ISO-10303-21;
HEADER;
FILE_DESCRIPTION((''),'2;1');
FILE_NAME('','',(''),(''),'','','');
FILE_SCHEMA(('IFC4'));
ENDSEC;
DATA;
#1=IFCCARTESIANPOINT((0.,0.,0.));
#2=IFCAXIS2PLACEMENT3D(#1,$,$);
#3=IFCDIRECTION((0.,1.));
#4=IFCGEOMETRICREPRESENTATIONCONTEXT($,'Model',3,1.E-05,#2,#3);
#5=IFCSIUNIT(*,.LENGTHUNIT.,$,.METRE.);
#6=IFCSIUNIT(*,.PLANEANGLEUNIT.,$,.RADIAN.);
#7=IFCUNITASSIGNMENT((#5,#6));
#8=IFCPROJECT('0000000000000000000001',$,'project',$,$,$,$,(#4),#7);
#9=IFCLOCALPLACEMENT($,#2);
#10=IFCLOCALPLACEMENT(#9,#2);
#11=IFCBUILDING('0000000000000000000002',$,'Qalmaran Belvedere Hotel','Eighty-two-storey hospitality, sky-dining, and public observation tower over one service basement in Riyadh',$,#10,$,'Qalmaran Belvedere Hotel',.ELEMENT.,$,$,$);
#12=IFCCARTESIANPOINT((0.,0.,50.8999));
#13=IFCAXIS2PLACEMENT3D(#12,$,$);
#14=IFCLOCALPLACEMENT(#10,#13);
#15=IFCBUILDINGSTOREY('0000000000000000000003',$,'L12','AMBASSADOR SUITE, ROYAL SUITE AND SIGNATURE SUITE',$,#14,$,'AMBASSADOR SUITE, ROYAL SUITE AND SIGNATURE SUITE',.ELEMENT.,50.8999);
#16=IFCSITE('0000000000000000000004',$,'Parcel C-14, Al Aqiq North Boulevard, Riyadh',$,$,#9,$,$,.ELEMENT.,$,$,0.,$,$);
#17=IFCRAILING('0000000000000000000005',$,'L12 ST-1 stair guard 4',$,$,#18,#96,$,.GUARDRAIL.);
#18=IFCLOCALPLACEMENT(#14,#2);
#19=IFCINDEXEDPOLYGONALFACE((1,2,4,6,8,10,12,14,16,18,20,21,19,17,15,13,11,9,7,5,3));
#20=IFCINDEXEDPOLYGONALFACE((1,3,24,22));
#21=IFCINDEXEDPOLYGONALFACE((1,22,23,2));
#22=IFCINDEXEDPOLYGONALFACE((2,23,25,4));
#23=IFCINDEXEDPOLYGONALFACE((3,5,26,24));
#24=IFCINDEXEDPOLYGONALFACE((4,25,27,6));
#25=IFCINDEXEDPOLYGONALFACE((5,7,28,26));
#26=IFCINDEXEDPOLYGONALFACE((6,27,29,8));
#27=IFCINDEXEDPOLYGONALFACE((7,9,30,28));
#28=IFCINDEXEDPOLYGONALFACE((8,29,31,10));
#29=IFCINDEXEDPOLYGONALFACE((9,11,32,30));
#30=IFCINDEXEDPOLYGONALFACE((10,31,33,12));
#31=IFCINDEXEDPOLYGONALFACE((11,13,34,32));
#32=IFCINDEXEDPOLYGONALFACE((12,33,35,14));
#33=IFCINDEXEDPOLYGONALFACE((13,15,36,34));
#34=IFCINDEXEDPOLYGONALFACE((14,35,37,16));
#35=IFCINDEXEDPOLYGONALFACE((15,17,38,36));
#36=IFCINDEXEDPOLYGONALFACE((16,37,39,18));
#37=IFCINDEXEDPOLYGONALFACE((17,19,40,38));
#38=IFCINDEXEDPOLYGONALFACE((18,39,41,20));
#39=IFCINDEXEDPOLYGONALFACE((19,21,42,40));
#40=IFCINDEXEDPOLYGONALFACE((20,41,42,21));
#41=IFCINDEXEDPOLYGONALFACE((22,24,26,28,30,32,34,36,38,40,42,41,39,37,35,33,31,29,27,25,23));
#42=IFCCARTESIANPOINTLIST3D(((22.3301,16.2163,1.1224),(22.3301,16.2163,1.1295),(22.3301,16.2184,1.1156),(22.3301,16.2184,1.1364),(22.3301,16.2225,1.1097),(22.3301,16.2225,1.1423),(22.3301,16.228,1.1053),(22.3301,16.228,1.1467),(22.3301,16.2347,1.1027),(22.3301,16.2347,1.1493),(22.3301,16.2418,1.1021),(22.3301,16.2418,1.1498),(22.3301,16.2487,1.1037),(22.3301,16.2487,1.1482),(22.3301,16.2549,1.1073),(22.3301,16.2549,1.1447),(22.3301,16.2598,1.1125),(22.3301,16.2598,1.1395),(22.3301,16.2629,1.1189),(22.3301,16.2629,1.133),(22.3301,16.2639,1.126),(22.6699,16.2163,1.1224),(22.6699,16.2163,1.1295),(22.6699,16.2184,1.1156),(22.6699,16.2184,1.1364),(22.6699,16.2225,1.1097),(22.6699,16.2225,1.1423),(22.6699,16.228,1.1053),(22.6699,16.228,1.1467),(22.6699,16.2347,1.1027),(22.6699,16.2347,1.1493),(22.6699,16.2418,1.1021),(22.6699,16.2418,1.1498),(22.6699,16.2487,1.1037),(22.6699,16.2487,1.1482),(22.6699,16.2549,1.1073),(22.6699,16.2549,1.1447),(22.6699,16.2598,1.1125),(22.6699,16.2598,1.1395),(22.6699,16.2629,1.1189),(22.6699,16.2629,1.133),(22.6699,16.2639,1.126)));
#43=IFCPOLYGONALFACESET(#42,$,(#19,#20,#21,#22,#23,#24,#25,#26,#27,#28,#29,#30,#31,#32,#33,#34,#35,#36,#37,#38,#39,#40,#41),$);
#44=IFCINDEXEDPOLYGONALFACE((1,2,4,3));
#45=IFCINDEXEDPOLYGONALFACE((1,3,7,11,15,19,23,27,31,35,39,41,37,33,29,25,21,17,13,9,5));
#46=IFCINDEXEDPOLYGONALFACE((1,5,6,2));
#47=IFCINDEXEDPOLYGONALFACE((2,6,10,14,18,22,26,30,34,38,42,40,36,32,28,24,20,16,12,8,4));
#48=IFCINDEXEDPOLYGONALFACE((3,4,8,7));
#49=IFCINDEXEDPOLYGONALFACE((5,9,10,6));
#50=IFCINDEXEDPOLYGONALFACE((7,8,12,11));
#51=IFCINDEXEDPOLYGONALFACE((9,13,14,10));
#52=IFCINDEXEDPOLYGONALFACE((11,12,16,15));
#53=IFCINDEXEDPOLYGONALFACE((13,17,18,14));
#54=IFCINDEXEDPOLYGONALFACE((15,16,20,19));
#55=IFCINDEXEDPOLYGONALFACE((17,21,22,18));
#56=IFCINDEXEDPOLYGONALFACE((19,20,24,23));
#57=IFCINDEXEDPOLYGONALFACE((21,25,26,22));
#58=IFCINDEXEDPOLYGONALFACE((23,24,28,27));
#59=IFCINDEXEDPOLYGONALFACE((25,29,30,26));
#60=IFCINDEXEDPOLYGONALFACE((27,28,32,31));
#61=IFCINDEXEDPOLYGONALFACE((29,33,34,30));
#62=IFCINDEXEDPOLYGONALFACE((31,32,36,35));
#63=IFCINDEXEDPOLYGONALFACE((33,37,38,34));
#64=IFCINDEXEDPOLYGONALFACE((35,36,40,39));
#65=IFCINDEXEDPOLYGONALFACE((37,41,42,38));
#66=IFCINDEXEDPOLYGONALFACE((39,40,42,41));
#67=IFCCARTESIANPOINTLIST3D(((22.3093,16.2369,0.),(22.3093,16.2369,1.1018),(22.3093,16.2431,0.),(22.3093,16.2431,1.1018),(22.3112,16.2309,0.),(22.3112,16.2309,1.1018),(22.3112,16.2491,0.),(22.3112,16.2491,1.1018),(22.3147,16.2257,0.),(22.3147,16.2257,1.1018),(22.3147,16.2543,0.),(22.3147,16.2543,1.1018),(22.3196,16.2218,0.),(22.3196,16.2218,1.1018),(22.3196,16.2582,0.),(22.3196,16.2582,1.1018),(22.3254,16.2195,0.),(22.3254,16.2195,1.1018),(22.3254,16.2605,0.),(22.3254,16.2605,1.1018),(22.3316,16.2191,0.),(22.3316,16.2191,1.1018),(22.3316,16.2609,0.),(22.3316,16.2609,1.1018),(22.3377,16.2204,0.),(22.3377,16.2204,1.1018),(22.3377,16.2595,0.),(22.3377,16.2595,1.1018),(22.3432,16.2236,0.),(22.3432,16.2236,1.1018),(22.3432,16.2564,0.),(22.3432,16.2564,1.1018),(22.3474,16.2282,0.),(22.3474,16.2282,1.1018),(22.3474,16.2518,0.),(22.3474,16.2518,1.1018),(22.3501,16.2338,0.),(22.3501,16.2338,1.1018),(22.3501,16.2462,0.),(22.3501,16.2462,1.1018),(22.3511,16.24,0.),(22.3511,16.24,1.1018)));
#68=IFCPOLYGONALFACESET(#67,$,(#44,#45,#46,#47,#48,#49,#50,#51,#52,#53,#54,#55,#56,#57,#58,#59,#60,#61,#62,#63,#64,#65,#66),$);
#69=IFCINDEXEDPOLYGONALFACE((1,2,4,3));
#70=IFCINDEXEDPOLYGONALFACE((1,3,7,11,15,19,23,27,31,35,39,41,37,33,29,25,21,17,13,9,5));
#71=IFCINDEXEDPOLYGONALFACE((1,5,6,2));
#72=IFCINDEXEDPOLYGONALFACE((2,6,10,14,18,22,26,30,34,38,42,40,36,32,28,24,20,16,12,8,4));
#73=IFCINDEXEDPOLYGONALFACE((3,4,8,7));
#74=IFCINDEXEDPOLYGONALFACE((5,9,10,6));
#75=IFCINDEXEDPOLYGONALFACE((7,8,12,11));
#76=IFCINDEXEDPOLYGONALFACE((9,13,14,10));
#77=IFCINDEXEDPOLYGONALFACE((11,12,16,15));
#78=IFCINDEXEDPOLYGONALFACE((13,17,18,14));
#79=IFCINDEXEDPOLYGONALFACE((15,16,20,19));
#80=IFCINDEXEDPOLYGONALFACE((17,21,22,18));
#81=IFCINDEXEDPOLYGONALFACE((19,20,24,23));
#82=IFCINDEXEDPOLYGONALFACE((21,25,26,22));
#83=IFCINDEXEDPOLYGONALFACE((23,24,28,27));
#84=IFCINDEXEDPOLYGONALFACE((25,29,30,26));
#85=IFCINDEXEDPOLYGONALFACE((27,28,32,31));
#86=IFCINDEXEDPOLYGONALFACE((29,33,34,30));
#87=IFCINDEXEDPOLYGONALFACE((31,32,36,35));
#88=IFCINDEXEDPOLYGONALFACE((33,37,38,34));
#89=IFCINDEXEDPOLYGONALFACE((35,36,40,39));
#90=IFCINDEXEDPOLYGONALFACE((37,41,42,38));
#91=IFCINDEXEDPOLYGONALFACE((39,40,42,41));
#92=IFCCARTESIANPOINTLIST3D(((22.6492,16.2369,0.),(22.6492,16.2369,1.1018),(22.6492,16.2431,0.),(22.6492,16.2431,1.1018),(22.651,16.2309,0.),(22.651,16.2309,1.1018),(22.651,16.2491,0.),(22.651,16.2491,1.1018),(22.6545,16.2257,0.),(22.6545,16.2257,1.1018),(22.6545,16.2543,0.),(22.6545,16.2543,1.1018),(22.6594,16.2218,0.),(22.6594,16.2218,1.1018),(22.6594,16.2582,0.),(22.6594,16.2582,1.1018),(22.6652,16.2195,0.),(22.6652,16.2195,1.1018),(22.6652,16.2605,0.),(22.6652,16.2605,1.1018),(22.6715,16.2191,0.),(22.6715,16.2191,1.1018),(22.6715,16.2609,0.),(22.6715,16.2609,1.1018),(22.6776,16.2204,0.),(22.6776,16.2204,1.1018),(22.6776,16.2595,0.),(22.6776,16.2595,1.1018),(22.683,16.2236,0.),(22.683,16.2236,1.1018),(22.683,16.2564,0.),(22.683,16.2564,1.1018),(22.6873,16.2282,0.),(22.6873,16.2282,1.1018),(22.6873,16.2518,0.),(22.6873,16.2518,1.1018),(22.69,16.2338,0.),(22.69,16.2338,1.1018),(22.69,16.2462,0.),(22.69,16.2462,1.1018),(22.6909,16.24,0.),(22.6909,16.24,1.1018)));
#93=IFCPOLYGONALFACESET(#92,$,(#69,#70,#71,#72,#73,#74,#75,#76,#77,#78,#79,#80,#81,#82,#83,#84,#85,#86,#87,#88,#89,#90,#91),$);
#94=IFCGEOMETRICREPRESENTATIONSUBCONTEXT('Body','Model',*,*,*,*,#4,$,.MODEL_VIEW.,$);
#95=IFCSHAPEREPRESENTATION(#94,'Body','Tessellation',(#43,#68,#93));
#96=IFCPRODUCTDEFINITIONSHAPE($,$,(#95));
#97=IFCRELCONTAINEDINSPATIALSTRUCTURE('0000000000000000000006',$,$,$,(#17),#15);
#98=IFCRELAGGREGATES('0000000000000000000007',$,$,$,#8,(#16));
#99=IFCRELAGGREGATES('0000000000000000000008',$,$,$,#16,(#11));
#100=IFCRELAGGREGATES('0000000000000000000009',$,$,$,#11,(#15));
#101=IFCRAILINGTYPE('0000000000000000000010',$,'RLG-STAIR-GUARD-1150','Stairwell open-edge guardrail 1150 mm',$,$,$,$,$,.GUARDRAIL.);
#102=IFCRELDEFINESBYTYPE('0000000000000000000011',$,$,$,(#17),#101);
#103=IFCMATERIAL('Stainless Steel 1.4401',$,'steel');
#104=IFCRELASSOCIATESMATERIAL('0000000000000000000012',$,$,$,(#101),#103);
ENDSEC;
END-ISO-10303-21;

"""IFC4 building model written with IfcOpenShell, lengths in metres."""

from ifc_helpers import new_model, si_unit, direction, frame, origin, origin_2d, place, context, subcontext, project, spatial, circle, extrude, material, type_object, element, save


model = new_model("IFC4")

# Units and contexts
model_context = context("Model", 3, precision=1e-05, world=origin(), true_north=direction((0.0, 1.0)))
body_context = subcontext(model_context, "Body", "Model", "MODEL_VIEW")
ifc_project = project(units=[si_unit("LENGTHUNIT", "METRE"), si_unit("PLANEANGLEUNIT", "RADIAN")], contexts=[model_context])

# Site, building, storey
site_placement = place(None, origin())
site = spatial("IfcSite", under=ifc_project, at=site_placement, Name="Parcel C-14, Al Aqiq North Boulevard, Riyadh", CompositionType="ELEMENT", RefElevation=0.0)
building_placement = place(site_placement, origin())
building = spatial("IfcBuilding", under=site, at=building_placement, Name="Qalmaran Belvedere Hotel", Description="Eighty-two-storey hospitality, sky-dining, and public observation tower over one service basement in Riyadh", LongName="Qalmaran Belvedere Hotel", CompositionType="ELEMENT")
storey_placement = place(building_placement, frame((0.0, 0.0, 50.8999)))
storey = spatial("IfcBuildingStorey", under=building, at=storey_placement, Name="L12", Description="AMBASSADOR SUITE, ROYAL SUITE AND SIGNATURE SUITE", LongName="AMBASSADOR SUITE, ROYAL SUITE AND SIGNATURE SUITE", CompositionType="ELEMENT", Elevation=50.8999)

# Railing
ifc_material_1 = material(Name="Stainless Steel 1.4401", Category="steel")
railing_type_1 = type_object("IfcRailingType", Name="RLG-STAIR-GUARD-1150", Description="Stairwell open-edge guardrail 1150 mm", PredefinedType="GUARDRAIL", material=ifc_material_1)
railing_1_placement = place(storey_placement, frame((22.3301, 16.24, 0.0)))
element("IfcRailing", 1, at=railing_1_placement, inside=storey, type_object=railing_type_1, Name="L12 ST-1 stair guard 4", PredefinedType="GUARDRAIL", context=body_context, shape_type="SweptSolid", body=[
    extrude(circle(Radius=0.0239, at=origin_2d()), frame((0.0, 0.0, 1.126), z_axis=(1.0, 0.0, 0.0), x_axis=(0.0, 1.0, 0.0)), (0.0, 0.0, 1.0), 0.3398),
    extrude(circle(Radius=0.021, at=origin_2d()), origin(), (0.0, 0.0, 1.0), 1.1018),
    extrude(circle(Radius=0.021, at=origin_2d()), frame((0.3398, 0.0, 0.0)), (0.0, 0.0, 1.0), 1.1018),
])

save(model, "model.ifc")
